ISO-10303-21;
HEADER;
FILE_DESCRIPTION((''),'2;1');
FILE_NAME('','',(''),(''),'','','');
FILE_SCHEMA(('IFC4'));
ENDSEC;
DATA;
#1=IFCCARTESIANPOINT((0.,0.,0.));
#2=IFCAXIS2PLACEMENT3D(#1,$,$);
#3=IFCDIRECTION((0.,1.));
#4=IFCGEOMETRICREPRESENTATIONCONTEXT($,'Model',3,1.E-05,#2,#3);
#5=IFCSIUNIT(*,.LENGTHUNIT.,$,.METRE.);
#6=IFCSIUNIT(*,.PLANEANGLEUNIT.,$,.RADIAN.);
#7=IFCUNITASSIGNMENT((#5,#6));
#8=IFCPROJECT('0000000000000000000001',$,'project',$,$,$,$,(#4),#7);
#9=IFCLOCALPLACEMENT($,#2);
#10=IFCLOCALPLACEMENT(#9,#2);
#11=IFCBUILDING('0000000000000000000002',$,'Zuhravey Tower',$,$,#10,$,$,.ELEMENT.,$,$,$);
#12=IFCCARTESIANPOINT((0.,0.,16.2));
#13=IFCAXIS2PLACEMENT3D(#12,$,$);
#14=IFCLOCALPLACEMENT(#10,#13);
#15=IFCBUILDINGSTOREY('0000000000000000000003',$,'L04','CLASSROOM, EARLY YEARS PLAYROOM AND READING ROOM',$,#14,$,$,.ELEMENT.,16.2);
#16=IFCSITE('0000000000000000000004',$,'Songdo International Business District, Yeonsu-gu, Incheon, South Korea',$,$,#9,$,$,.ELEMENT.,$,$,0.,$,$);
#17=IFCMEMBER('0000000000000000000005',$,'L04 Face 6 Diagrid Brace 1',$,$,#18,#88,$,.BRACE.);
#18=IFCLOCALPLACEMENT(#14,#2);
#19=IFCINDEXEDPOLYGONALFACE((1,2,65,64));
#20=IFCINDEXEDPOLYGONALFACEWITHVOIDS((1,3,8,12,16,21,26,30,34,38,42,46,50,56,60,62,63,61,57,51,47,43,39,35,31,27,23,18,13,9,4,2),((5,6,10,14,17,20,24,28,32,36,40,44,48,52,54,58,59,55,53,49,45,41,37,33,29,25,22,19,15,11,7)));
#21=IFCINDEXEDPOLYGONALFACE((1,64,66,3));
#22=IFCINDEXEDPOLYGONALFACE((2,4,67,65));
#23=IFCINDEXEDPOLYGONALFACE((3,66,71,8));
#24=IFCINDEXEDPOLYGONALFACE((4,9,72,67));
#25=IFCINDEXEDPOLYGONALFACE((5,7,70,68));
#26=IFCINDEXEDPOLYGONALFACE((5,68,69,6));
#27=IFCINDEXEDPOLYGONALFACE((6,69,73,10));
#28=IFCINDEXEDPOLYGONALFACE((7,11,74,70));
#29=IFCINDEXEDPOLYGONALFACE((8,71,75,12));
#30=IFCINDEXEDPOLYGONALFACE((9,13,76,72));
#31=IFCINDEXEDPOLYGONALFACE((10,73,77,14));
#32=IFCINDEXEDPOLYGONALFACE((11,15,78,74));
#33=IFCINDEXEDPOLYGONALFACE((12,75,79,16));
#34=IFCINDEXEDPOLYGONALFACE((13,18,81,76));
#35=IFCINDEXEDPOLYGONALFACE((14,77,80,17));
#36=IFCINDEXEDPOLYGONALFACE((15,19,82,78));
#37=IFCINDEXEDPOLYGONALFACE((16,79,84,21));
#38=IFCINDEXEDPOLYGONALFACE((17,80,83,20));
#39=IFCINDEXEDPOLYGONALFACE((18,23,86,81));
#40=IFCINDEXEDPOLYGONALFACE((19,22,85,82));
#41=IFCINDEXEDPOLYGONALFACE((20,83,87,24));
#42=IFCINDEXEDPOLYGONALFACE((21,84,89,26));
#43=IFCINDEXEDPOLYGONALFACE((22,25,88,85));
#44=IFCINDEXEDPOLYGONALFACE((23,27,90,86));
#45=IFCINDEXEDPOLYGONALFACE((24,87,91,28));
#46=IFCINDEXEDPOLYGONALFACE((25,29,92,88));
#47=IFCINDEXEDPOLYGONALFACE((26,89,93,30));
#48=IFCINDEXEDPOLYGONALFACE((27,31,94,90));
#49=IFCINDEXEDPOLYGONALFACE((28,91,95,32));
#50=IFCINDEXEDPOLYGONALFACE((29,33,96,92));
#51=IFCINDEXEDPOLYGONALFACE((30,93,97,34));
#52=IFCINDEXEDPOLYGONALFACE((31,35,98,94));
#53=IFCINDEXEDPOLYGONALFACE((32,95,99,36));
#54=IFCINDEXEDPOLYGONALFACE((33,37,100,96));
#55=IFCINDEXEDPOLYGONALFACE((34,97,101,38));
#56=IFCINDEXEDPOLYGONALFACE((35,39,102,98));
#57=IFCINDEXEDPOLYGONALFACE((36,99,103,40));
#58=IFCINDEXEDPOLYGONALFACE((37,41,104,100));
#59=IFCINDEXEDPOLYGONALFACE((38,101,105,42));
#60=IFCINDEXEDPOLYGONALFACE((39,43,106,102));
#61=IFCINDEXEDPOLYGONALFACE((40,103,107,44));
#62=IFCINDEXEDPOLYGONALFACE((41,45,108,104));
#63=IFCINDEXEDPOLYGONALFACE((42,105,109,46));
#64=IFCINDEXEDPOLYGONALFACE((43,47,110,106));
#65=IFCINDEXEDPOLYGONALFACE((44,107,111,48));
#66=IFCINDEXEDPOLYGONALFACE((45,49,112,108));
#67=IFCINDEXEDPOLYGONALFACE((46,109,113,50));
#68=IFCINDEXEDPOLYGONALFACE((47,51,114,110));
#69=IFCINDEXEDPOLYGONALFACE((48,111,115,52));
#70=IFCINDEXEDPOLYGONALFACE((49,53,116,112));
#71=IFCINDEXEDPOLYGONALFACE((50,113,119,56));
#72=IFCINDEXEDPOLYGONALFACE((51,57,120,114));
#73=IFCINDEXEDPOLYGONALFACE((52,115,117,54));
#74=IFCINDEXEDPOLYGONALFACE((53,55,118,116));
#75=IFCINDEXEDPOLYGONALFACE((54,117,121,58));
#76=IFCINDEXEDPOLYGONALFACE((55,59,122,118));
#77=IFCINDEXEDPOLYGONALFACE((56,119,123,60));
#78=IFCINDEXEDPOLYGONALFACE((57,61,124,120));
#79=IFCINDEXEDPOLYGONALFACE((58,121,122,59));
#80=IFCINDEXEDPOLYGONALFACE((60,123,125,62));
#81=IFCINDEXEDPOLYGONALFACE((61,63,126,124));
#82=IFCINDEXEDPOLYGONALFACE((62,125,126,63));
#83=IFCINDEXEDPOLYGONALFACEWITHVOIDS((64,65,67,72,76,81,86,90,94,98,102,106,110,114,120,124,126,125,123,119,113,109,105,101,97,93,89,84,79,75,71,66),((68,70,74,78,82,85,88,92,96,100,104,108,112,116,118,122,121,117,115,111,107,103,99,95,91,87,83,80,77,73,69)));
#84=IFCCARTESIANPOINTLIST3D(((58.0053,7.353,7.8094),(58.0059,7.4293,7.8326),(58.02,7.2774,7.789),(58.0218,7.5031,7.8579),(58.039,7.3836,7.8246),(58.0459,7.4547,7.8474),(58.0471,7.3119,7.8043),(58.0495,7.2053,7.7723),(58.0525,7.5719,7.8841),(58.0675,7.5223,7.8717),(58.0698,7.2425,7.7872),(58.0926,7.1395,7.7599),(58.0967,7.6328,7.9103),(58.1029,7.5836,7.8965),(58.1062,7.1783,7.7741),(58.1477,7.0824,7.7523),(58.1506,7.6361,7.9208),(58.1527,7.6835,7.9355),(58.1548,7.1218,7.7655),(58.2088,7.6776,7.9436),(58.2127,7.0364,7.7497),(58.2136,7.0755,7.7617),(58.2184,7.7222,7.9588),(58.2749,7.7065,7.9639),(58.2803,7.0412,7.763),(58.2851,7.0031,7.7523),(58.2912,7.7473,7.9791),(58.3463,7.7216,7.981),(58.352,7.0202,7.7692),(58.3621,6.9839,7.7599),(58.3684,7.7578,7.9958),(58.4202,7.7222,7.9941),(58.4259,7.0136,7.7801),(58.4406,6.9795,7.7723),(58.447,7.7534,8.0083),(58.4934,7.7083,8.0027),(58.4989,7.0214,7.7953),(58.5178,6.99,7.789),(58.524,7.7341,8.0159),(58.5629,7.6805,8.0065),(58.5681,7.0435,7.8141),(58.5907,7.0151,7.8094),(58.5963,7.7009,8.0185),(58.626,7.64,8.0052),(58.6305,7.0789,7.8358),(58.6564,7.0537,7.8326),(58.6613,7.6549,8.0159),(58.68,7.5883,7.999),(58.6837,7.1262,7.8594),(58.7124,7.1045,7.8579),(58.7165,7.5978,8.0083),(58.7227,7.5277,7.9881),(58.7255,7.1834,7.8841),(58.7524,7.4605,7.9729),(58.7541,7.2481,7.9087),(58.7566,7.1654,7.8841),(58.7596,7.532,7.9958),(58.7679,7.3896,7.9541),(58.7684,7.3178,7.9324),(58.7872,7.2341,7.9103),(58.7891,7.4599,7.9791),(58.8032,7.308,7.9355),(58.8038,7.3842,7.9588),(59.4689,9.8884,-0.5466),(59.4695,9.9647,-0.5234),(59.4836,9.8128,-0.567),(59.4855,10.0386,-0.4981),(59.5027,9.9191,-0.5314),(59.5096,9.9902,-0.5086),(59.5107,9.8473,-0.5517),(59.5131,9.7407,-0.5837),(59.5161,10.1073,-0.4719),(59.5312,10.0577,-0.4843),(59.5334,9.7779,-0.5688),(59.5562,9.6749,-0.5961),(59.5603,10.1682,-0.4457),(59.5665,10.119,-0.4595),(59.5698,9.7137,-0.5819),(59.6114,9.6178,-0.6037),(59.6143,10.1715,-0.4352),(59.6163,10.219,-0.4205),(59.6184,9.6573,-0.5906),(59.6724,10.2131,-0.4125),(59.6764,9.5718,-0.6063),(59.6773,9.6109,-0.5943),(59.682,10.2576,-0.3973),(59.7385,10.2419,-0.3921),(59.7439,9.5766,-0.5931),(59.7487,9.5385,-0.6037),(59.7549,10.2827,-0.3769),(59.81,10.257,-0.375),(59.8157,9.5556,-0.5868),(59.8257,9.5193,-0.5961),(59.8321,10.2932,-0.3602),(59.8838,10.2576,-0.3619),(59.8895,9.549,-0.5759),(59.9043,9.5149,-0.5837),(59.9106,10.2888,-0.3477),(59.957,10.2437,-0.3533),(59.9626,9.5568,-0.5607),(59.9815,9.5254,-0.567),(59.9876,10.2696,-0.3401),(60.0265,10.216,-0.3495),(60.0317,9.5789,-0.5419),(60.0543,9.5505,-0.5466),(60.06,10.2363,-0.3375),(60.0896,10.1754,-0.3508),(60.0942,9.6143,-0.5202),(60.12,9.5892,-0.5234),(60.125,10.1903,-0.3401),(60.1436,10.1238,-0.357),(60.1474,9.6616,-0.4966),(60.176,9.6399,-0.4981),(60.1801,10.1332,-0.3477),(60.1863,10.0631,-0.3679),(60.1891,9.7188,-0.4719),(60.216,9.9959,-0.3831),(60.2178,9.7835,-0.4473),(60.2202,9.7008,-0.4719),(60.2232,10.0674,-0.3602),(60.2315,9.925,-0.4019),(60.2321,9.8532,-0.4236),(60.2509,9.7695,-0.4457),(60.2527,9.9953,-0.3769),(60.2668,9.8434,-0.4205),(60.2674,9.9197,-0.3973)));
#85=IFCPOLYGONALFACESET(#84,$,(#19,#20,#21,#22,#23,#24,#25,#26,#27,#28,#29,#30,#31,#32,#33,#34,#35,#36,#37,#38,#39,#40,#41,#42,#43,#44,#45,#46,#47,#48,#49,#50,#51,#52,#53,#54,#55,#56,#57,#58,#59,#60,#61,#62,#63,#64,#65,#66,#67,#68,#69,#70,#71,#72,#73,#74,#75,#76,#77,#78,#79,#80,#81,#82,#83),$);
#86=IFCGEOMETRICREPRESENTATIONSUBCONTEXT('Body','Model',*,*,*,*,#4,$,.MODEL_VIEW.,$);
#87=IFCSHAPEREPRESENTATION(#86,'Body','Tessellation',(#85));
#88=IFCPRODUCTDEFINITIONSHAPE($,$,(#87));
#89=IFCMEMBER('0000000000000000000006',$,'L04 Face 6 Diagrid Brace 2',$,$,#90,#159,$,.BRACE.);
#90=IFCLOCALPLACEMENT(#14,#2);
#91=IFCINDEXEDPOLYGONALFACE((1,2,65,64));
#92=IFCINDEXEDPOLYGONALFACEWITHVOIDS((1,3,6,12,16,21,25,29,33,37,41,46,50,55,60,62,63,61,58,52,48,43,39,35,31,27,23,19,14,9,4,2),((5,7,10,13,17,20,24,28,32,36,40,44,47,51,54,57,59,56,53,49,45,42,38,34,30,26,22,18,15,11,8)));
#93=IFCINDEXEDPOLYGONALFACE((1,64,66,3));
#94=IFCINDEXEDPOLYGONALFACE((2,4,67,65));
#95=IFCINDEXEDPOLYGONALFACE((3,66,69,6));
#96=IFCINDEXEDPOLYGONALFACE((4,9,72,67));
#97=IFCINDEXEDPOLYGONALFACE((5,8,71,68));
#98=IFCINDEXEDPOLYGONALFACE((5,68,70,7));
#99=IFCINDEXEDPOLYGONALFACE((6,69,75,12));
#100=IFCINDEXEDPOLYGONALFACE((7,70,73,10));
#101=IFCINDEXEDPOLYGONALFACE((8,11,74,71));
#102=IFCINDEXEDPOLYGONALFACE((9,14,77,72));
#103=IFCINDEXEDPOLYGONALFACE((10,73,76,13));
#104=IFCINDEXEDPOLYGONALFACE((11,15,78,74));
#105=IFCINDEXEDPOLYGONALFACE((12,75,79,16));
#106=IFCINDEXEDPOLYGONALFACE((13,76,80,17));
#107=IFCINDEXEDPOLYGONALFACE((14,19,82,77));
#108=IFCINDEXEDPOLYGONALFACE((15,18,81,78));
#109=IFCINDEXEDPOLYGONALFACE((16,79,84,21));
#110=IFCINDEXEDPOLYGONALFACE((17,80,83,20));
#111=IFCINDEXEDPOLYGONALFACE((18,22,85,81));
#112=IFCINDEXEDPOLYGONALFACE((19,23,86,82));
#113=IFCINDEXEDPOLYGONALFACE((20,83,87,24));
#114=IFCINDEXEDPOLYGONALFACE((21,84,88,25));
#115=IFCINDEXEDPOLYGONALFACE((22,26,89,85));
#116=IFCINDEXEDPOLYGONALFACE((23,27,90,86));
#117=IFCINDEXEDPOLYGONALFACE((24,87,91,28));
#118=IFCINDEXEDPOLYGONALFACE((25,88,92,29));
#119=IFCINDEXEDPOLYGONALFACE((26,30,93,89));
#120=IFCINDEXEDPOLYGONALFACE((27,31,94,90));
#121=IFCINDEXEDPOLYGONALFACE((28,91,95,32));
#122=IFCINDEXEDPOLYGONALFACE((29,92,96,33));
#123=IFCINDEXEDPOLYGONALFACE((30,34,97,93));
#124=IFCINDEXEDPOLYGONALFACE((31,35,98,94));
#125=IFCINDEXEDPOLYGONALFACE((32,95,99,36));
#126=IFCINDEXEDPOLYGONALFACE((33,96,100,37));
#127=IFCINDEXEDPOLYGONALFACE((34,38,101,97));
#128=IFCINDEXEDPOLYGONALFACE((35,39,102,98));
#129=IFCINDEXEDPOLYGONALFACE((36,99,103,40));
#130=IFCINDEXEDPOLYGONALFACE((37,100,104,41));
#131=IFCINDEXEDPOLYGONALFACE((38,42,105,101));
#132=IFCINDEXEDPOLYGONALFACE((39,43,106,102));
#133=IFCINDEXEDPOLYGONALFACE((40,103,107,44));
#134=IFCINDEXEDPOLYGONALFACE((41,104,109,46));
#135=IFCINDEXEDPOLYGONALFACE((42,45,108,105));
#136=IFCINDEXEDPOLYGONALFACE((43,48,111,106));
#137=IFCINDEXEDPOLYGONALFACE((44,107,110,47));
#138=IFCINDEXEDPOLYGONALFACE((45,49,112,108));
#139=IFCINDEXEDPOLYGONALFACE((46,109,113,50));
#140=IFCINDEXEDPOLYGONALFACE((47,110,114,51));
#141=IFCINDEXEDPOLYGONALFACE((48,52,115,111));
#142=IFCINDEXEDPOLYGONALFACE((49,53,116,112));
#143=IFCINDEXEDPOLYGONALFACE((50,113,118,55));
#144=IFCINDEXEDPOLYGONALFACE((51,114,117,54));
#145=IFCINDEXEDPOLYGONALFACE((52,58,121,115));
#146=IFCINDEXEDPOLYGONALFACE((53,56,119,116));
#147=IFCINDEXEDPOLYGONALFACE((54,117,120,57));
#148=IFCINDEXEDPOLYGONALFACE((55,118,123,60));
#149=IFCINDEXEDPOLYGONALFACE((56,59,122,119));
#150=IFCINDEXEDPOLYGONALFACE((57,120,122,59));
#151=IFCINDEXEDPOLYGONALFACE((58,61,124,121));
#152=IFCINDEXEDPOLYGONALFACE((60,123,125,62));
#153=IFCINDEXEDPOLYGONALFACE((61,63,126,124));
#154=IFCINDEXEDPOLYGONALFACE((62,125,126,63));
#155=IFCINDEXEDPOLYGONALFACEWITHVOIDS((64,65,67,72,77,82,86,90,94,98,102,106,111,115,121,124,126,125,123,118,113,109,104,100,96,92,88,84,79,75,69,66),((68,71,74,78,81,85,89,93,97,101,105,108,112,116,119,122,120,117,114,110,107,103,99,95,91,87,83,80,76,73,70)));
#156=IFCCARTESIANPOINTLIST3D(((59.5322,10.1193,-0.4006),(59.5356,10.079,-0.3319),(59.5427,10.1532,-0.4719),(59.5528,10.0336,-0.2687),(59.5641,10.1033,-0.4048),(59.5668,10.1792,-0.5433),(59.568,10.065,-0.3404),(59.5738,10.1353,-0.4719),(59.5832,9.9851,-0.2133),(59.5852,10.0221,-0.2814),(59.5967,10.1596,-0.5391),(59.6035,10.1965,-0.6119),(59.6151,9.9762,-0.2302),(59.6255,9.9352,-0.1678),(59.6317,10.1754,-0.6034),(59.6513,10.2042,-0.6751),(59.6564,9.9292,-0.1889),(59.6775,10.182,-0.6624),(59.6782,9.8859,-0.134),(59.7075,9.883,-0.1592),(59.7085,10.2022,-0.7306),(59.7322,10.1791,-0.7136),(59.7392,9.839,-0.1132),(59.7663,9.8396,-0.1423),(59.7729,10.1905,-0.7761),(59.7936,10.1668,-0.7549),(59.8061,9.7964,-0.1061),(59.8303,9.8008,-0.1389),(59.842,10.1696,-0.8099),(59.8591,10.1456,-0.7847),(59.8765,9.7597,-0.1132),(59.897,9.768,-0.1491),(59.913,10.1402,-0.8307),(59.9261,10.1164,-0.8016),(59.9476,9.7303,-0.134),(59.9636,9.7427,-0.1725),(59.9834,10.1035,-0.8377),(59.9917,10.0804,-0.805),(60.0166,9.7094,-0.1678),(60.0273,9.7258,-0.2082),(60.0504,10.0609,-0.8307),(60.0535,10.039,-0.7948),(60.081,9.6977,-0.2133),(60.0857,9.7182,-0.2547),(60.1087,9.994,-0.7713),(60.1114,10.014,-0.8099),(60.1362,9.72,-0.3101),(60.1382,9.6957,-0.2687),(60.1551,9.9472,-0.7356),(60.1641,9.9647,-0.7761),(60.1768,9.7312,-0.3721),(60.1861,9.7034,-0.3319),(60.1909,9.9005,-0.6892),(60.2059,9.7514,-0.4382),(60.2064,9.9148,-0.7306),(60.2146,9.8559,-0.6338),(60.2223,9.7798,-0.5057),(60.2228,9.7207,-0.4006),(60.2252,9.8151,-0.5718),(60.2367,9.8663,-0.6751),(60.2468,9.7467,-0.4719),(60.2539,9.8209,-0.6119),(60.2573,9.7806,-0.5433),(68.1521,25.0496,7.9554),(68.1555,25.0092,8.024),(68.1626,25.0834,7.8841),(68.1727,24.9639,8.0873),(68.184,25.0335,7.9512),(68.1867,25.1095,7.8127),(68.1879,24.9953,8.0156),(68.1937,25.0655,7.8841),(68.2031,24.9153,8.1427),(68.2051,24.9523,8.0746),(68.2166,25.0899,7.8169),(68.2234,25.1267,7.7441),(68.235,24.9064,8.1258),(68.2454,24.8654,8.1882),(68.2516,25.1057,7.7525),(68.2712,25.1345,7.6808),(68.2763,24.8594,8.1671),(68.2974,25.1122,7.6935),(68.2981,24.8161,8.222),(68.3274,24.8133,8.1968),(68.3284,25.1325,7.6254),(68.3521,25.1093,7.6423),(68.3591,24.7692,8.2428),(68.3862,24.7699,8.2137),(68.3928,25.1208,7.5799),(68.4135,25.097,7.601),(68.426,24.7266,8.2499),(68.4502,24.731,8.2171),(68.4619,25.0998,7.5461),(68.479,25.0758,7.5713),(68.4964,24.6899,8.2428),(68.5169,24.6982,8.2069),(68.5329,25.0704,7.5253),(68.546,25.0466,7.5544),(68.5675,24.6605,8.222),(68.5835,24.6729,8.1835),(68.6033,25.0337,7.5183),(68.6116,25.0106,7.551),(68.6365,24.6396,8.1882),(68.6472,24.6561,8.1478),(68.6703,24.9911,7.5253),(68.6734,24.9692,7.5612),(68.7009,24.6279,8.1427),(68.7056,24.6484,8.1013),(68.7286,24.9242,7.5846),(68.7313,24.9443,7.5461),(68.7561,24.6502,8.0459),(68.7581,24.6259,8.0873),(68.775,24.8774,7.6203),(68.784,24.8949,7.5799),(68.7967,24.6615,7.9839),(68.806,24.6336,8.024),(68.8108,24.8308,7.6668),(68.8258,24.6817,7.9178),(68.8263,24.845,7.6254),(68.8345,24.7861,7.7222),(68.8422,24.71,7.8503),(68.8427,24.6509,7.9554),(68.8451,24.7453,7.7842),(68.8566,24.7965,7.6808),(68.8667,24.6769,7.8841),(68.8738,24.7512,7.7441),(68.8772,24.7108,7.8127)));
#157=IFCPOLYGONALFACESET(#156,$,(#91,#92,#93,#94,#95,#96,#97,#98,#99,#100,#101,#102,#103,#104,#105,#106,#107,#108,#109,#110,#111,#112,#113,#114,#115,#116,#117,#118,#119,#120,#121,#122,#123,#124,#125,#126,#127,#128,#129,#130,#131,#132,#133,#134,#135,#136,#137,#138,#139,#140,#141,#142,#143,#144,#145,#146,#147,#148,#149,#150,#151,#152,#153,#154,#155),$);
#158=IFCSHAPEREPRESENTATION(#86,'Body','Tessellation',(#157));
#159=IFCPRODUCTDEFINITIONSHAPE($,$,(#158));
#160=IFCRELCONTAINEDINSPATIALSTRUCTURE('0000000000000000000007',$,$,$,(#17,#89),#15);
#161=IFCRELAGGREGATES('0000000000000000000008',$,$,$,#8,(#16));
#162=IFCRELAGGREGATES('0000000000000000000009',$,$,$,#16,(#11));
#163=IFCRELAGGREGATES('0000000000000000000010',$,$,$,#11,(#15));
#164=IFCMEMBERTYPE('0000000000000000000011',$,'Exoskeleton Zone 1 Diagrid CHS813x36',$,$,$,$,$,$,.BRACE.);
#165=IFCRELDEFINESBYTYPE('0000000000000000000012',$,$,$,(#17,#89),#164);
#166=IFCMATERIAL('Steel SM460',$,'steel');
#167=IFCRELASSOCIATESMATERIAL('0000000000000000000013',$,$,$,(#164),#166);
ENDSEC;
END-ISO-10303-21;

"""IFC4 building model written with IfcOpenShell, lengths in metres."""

from ifc_helpers import new_model, si_unit, direction, frame, origin, origin_2d, place, context, subcontext, project, spatial, hollow_circle, extrude, material, material_profile, profile_set, type_object, element, save


model = new_model("IFC4")

# Units and contexts
model_context = context("Model", 3, precision=1e-05, world=origin(), true_north=direction((0.0, 1.0)))
body_context = subcontext(model_context, "Body", "Model", "MODEL_VIEW")
ifc_project = project(units=[si_unit("LENGTHUNIT", "METRE"), si_unit("PLANEANGLEUNIT", "RADIAN")], contexts=[model_context])

# Site, building, storey
site_placement = place(None, origin())
site = spatial("IfcSite", under=ifc_project, at=site_placement, Name="Songdo International Business District, Yeonsu-gu, Incheon, South Korea", CompositionType="ELEMENT", RefElevation=0.0)
building_placement = place(site_placement, origin())
building = spatial("IfcBuilding", under=site, at=building_placement, Name="Zuhravey Tower", CompositionType="ELEMENT")
storey_placement = place(building_placement, frame((0.0, 0.0, 16.2)))
storey = spatial("IfcBuildingStorey", under=building, at=storey_placement, Name="L04", Description="CLASSROOM, EARLY YEARS PLAYROOM AND READING ROOM", CompositionType="ELEMENT", Elevation=16.2)

# Members
ifc_material_1 = material(Name="Steel SM460", Category="steel")
ifc_material_profile_1 = material_profile(ifc_material_1, hollow_circle(Radius=0.4065, WallThickness=0.0359, at=origin_2d()), Name="CHS-812.8x36")
ifc_profile_set_1 = profile_set([ifc_material_profile_1], Name="Steel SM460")
member_type_1 = type_object("IfcMemberType", Name="Exoskeleton Zone 1 Diagrid CHS813x36", PredefinedType="BRACE", material=ifc_profile_set_1)
member_1_placement = place(storey_placement, frame((59.8682, 9.9041, -0.4719), z_axis=(-0.165307, -0.286358, 0.943755), x_axis=(0.866054, -0.499951, 0.0)))
element("IfcMember", 1, at=member_1_placement, inside=storey, type_object=member_type_1, Name="L04 Face 6 Diagrid Brace 1", PredefinedType="BRACE", context=body_context, shape_type="SweptSolid", body=[
    extrude(hollow_circle(Radius=0.4065, WallThickness=0.0359, at=origin_2d()), origin(), (0.0, 0.0, 1.0), 8.854),
])
member_2_placement = place(storey_placement, frame((59.8948, 9.95, -0.4719), z_axis=(0.449933, 0.779312, 0.436157), x_axis=(-0.866027, 0.499997, 0.0)))
element("IfcMember", 2, at=member_2_placement, inside=storey, type_object=member_type_1, Name="L04 Face 6 Diagrid Brace 2", PredefinedType="BRACE", context=body_context, shape_type="SweptSolid", body=[
    extrude(hollow_circle(Radius=0.4065, WallThickness=0.0359, at=origin_2d()), origin(), (0.0, 0.0, 1.0), 19.1582),
])

save(model, "model.ifc")
